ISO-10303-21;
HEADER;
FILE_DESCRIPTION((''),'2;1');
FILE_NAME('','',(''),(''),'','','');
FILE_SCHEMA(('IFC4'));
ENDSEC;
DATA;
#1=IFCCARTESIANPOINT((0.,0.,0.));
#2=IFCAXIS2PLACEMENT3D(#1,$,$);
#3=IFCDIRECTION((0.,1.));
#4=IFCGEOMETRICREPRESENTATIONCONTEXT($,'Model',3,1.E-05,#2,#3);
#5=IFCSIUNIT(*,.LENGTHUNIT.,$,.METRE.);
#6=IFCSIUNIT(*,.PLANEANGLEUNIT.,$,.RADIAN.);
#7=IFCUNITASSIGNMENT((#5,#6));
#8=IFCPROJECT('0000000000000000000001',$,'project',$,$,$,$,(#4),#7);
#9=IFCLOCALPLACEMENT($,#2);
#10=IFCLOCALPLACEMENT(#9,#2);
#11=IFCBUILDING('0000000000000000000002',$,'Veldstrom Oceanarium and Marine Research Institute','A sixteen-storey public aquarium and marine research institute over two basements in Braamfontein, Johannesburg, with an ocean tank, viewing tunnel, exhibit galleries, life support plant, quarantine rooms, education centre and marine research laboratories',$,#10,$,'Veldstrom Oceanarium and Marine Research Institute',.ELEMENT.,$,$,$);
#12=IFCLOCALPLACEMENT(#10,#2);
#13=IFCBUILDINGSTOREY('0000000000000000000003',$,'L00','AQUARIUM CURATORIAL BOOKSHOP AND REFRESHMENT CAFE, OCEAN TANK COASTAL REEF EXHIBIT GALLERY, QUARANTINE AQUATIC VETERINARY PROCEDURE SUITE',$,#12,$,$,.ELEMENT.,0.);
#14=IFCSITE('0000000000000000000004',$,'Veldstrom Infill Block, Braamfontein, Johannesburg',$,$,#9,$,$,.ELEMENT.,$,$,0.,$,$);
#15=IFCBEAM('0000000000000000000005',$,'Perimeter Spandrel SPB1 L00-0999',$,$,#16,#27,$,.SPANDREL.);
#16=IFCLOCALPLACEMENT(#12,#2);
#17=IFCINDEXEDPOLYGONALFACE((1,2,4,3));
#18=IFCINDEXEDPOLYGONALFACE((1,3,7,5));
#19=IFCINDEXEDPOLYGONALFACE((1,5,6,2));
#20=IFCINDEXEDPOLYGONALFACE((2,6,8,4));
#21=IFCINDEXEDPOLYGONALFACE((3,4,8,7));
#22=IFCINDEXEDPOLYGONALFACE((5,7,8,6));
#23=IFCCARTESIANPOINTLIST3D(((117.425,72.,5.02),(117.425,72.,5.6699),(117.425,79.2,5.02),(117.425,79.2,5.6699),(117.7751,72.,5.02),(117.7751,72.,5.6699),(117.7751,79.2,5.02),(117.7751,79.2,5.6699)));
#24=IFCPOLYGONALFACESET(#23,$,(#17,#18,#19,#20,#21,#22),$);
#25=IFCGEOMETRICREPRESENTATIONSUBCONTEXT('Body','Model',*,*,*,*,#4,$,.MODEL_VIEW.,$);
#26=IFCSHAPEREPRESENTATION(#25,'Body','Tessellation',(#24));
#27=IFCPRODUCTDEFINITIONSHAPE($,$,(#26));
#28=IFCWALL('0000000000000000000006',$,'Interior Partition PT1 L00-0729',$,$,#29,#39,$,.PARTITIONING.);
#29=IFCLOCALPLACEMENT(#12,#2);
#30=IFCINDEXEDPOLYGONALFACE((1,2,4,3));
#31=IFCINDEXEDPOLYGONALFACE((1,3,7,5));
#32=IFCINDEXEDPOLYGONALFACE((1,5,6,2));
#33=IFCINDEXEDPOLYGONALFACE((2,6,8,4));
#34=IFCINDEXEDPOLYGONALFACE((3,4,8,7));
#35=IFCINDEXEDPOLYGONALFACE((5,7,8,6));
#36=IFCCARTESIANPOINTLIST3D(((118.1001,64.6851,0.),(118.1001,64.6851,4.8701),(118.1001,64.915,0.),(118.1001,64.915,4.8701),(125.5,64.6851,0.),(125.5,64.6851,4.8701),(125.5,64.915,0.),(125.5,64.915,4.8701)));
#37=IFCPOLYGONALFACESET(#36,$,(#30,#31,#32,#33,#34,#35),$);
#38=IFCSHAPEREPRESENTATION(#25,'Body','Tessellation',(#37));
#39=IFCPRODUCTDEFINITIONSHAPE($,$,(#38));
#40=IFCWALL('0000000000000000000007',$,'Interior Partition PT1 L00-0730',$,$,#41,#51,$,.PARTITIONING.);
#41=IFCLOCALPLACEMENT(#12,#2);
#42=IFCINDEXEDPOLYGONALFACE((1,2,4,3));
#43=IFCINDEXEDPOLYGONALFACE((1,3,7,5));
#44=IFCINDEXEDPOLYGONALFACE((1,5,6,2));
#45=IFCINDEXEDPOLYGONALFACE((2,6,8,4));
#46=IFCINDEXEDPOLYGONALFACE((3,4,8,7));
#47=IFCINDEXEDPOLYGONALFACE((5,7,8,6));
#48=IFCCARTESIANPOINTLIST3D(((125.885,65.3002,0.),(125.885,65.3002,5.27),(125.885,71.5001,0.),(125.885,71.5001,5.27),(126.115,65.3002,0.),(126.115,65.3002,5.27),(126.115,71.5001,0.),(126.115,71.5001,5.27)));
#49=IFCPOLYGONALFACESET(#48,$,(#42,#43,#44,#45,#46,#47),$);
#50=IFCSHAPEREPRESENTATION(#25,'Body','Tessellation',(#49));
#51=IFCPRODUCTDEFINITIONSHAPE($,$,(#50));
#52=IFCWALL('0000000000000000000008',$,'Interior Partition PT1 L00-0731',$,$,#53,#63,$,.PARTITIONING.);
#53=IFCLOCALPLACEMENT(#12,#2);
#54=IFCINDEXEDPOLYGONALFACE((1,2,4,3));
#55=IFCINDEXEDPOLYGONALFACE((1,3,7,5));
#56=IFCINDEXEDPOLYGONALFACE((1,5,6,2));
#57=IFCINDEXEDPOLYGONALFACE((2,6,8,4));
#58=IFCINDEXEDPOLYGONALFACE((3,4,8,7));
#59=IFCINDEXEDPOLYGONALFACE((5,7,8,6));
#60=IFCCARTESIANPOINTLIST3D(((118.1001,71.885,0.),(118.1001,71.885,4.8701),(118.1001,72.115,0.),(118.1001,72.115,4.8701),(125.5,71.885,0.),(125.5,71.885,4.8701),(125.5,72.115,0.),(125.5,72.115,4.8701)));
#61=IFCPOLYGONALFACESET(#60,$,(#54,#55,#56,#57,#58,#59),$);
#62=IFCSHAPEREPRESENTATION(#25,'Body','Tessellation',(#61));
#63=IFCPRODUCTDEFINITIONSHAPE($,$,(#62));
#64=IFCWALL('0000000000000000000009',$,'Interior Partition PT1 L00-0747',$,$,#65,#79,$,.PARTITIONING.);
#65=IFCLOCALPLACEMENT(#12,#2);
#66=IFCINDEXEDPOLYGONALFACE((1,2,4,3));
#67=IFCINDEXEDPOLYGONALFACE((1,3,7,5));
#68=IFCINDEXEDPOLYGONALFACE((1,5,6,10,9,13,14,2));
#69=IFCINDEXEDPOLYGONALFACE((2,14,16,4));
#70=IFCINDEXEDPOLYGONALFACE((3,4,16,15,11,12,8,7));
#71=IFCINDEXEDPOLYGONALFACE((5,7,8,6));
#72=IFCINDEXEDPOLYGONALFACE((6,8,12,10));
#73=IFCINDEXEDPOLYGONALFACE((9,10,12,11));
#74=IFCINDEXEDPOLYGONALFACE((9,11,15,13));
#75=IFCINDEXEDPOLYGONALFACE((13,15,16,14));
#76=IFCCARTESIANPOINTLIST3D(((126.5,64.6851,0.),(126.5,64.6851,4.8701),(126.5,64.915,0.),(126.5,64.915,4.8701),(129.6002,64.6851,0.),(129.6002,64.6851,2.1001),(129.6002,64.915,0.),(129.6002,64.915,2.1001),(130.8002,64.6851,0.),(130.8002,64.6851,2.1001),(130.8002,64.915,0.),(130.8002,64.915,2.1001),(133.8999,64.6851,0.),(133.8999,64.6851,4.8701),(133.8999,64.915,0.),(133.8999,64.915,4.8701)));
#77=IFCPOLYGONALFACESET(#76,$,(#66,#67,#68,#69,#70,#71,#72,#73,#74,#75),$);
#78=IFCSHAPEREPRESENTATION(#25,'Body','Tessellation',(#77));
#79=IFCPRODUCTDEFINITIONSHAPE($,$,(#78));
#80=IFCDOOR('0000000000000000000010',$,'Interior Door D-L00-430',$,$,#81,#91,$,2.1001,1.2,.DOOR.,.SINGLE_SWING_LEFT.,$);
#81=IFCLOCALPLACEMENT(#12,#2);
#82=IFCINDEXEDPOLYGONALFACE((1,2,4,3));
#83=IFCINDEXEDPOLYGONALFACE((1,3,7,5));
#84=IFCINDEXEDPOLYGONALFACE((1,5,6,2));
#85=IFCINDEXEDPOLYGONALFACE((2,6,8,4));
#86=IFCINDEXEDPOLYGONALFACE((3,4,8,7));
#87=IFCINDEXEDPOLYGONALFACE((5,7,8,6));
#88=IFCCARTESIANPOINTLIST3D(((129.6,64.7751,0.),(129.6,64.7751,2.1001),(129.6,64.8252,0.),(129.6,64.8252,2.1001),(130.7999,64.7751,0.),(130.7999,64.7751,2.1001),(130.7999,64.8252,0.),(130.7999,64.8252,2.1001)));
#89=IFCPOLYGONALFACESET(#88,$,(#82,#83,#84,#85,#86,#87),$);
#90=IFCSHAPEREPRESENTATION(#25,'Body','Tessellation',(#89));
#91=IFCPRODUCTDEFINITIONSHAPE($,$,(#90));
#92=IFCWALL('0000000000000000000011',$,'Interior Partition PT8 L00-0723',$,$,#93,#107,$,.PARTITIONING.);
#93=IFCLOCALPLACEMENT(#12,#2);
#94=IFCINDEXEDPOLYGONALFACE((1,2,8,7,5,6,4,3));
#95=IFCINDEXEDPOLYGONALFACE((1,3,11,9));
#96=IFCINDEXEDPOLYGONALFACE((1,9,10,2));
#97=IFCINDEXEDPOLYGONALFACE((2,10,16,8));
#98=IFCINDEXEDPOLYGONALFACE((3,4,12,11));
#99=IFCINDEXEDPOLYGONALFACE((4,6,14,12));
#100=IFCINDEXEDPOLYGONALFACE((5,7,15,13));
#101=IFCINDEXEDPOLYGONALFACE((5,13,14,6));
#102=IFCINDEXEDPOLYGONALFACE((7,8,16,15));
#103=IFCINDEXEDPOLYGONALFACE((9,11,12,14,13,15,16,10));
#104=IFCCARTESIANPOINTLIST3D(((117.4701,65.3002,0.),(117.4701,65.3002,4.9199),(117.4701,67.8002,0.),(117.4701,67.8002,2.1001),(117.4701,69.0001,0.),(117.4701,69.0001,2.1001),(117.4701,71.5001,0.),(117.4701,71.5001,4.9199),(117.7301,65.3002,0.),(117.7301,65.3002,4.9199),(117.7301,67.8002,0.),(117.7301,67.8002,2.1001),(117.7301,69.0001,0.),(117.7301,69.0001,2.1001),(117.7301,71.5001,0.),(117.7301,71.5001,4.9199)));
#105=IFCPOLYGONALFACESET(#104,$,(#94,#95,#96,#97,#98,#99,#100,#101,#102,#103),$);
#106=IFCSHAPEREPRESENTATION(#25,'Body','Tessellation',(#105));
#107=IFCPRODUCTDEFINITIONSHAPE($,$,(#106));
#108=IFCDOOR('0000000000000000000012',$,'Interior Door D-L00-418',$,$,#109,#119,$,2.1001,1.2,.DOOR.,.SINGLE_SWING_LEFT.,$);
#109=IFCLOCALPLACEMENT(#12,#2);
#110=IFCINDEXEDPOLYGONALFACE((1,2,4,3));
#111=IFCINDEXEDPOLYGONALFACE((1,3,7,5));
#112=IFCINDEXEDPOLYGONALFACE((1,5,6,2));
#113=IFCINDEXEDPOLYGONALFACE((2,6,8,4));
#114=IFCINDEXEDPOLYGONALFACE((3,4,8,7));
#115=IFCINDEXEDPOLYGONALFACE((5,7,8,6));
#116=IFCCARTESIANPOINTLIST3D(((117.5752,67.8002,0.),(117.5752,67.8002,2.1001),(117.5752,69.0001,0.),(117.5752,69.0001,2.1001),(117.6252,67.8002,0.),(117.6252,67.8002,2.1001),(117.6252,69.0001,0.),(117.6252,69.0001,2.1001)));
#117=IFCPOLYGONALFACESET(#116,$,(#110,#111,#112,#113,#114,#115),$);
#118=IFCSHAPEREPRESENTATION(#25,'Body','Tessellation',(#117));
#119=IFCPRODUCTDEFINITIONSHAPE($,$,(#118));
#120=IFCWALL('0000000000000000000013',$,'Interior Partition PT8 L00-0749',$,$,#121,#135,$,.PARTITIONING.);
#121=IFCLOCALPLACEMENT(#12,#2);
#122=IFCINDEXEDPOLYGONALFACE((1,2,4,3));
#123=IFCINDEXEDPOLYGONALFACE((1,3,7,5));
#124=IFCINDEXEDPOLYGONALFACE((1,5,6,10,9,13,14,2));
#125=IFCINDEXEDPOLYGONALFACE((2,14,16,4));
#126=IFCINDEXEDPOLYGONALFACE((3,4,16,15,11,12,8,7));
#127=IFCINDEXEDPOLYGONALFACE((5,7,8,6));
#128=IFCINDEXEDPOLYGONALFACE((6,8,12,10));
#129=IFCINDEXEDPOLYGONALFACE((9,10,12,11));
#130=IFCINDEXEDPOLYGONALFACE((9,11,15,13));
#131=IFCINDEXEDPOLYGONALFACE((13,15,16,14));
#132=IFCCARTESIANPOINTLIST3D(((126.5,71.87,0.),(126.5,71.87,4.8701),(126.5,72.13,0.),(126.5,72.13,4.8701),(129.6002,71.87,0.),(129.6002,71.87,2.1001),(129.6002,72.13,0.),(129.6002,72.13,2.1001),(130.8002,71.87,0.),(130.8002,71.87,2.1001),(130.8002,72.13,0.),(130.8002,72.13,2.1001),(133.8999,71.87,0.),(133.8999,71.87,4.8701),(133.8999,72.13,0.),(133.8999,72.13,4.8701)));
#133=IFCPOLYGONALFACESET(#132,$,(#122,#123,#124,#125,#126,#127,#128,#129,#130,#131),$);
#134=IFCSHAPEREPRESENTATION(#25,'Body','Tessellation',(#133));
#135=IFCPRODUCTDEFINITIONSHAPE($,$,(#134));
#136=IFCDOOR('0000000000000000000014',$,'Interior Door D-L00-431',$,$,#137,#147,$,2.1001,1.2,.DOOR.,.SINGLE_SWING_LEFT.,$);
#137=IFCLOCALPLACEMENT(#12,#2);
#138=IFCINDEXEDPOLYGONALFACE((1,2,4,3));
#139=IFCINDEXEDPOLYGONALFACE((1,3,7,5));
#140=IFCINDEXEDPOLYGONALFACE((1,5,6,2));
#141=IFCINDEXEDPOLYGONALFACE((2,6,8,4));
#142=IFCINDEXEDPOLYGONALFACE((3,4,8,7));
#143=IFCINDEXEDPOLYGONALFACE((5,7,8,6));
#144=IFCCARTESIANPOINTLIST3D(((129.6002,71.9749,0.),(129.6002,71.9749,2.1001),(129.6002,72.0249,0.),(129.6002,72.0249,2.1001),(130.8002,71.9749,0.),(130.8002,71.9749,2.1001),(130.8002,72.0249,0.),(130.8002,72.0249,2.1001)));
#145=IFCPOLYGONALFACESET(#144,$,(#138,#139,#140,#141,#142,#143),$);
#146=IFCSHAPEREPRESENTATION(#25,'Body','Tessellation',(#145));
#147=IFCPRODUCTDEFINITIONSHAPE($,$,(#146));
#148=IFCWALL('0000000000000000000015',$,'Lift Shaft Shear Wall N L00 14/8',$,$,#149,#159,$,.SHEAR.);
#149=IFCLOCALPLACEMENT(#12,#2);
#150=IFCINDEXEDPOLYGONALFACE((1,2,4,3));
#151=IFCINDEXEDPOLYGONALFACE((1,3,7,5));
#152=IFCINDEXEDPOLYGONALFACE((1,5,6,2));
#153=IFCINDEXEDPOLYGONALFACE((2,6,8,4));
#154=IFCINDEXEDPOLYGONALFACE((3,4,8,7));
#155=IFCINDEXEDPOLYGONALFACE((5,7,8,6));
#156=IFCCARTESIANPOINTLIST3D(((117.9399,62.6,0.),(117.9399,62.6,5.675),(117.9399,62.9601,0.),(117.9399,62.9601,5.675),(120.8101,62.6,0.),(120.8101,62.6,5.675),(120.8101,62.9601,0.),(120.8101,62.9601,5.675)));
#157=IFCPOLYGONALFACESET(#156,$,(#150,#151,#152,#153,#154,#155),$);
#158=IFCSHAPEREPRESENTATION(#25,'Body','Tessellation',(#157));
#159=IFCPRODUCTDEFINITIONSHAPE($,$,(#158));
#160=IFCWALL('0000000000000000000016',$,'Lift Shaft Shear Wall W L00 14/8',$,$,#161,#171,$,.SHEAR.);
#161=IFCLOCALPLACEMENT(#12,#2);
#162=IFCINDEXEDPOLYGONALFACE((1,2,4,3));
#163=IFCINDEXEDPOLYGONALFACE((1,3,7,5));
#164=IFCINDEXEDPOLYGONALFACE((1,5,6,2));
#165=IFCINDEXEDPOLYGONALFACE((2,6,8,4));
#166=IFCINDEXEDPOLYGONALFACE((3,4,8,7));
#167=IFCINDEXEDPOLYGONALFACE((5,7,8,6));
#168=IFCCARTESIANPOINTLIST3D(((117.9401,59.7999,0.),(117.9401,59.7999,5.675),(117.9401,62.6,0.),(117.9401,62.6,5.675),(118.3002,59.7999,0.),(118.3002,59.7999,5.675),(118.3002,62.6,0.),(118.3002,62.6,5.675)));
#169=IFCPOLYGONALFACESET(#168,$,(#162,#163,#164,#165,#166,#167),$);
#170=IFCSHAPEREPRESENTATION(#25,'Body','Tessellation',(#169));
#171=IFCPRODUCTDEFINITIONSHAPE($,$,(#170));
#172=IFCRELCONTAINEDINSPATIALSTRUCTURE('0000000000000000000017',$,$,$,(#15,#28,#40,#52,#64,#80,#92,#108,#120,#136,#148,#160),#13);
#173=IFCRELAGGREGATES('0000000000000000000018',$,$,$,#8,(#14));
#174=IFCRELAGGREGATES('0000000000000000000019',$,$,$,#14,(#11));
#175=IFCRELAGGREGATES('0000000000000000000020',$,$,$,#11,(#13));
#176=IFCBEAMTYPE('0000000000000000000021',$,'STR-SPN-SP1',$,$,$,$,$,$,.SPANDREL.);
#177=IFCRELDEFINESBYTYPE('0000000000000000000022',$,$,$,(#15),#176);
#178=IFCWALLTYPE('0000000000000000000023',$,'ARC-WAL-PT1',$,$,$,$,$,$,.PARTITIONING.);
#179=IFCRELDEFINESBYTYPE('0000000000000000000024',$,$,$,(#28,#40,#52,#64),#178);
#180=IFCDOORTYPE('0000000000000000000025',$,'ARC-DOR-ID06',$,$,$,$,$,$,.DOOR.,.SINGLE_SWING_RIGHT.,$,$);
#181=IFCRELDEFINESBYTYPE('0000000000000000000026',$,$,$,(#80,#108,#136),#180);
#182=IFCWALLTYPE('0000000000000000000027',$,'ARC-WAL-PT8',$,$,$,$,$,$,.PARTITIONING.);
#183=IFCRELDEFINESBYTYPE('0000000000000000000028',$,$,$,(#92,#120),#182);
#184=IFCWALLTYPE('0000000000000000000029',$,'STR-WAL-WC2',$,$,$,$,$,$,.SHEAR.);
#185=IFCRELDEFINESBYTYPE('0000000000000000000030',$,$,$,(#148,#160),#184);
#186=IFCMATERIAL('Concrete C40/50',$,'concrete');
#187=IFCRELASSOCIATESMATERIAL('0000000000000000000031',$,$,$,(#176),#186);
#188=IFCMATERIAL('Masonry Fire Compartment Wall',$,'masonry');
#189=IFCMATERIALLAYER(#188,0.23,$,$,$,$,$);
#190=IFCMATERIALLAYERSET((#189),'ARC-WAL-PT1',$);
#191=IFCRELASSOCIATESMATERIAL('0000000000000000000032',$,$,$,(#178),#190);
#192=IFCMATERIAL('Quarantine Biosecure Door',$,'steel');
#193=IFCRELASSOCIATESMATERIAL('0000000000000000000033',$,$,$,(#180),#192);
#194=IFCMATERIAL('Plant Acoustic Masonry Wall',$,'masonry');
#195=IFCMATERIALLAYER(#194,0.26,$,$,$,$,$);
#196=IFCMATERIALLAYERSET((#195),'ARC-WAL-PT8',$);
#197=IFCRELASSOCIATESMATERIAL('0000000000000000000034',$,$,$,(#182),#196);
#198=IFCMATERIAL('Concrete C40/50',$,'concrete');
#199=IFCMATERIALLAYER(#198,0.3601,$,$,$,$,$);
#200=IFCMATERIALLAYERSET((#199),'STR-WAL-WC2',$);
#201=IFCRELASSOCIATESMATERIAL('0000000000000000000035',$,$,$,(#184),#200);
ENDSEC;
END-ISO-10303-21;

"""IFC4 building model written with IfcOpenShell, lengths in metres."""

from ifc_helpers import new_model, si_unit, direction, frame, frame_2d, origin, origin_2d, place, context, subcontext, project, spatial, rectangle, extrude, material, layer, layer_set, material_profile, profile_set, type_object, element, fill, save


model = new_model("IFC4")

# Units and contexts
model_context = context("Model", 3, precision=1e-05, world=origin(), true_north=direction((0.0, 1.0)))
body_context = subcontext(model_context, "Body", "Model", "MODEL_VIEW")
ifc_project = project(units=[si_unit("LENGTHUNIT", "METRE"), si_unit("PLANEANGLEUNIT", "RADIAN")], contexts=[model_context])

# Site, building, storey
site_placement = place(None, origin())
site = spatial("IfcSite", under=ifc_project, at=site_placement, Name="Veldstrom Infill Block, Braamfontein, Johannesburg", CompositionType="ELEMENT", RefElevation=0.0)
building_placement = place(site_placement, origin())
building = spatial("IfcBuilding", under=site, at=building_placement, Name="Veldstrom Oceanarium and Marine Research Institute", Description="A sixteen-storey public aquarium and marine research institute over two basements in Braamfontein, Johannesburg, with an ocean tank, viewing tunnel, exhibit galleries, life support plant, quarantine rooms, education centre and marine research laboratories", LongName="Veldstrom Oceanarium and Marine Research Institute", CompositionType="ELEMENT")
storey_placement = place(building_placement, origin())
storey = spatial("IfcBuildingStorey", under=building, at=storey_placement, Name="L00", Description="AQUARIUM CURATORIAL BOOKSHOP AND REFRESHMENT CAFE, OCEAN TANK COASTAL REEF EXHIBIT GALLERY, QUARANTINE AQUATIC VETERINARY PROCEDURE SUITE", CompositionType="ELEMENT", Elevation=0.0)

# Beam
ifc_material_1 = material(Name="Concrete C40/50", Category="concrete")
ifc_material_profile_1 = material_profile(ifc_material_1, rectangle(XDim=0.3501, YDim=0.6499, at=origin_2d()), Name="RC-SPN-350x650")
ifc_profile_set_1 = profile_set([ifc_material_profile_1], Name="Concrete C40/50")
beam_type_1 = type_object("IfcBeamType", Name="STR-SPN-SP1", PredefinedType="SPANDREL", material=ifc_profile_set_1)
beam_1_placement = place(storey_placement, frame((117.6001, 72.0, 5.345), z_axis=(0.0, 1.0, 0.0), x_axis=(-1.0, 0.0, 0.0)))
element("IfcBeam", 1, at=beam_1_placement, inside=storey, type_object=beam_type_1, Name="Perimeter Spandrel SPB1 L00-0999", PredefinedType="SPANDREL", context=body_context, shape_type="SweptSolid", body=[
    extrude(rectangle(XDim=0.3501, YDim=0.6499, at=origin_2d()), origin(), (0.0, 0.0, 1.0), 7.2),
])

# Walls
ifc_material_2 = material(Name="Masonry Fire Compartment Wall", Category="masonry")
ifc_layer_1 = layer(ifc_material_2, 0.23)
ifc_layer_set_1 = layer_set([ifc_layer_1], Name="ARC-WAL-PT1")
wall_type_1 = type_object("IfcWallType", Name="ARC-WAL-PT1", PredefinedType="PARTITIONING", material=ifc_layer_set_1)
wall_1_placement = place(storey_placement, frame((118.1001, 64.8, 0.0), z_axis=(0.0, 0.0, 1.0), x_axis=(1.0, 0.0, 0.0)))
element("IfcWall", 2, at=wall_1_placement, inside=storey, type_object=wall_type_1, Name="Interior Partition PT1 L00-0729", PredefinedType="PARTITIONING", context=body_context, shape_type="SweptSolid", body=[
    extrude(rectangle(XDim=7.3999, YDim=0.23, at=frame_2d((3.7, 0.0))), origin(), (0.0, 0.0, 1.0), 4.8701),
])
wall_2_placement = place(storey_placement, frame((126.0, 65.3, 0.0), z_axis=(0.0, 0.0, 1.0), x_axis=(0.0, 1.0, 0.0)))
element("IfcWall", 3, at=wall_2_placement, inside=storey, type_object=wall_type_1, Name="Interior Partition PT1 L00-0730", PredefinedType="PARTITIONING", context=body_context, shape_type="SweptSolid", body=[
    extrude(rectangle(XDim=6.2, YDim=0.23, at=frame_2d((3.1001, 0.0))), origin(), (0.0, 0.0, 1.0), 5.27),
])
wall_3_placement = place(storey_placement, frame((118.1001, 72.0, 0.0), z_axis=(0.0, 0.0, 1.0), x_axis=(1.0, 0.0, 0.0)))
element("IfcWall", 4, at=wall_3_placement, inside=storey, type_object=wall_type_1, Name="Interior Partition PT1 L00-0731", PredefinedType="PARTITIONING", context=body_context, shape_type="SweptSolid", body=[
    extrude(rectangle(XDim=7.3999, YDim=0.23, at=frame_2d((3.7, 0.0))), origin(), (0.0, 0.0, 1.0), 4.8701),
])

# Walls, openings, doors
wall_4_placement = place(storey_placement, frame((126.5, 64.8, 0.0), z_axis=(0.0, 0.0, 1.0), x_axis=(1.0, 0.0, 0.0)))
wall_4 = element("IfcWall", 5, at=wall_4_placement, inside=storey, type_object=wall_type_1, Name="Interior Partition PT1 L00-0747", PredefinedType="PARTITIONING", context=body_context, shape_type="SweptSolid", body=[
    extrude(rectangle(XDim=7.3999, YDim=0.23, at=frame_2d((3.7, 0.0))), origin(), (0.0, 0.0, 1.0), 4.8701),
])
opening_1_placement = place(wall_4_placement, frame((3.1001, 0.0, 0.0)))
opening_1 = element("IfcOpeningElement", 6, at=opening_1_placement, cuts=wall_4, PredefinedType="OPENING", context=body_context, shape_type="SweptSolid", body=[
    extrude(rectangle(XDim=1.2, YDim=2.1001, at=frame_2d((0.6001, 1.05))), frame((0.0, 0.125, 0.0), z_axis=(0.0, -1.0, 0.0), x_axis=(1.0, 0.0, 0.0)), (0.0, 0.0, 1.0), 0.25),
])
ifc_material_3 = material(Name="Quarantine Biosecure Door", Category="steel")
door_type = type_object("IfcDoorType", Name="ARC-DOR-ID06", OperationType="SINGLE_SWING_RIGHT", PredefinedType="DOOR", material=ifc_material_3)
door_1_placement = place(opening_1_placement, frame((1.2, 0.0, 0.0), z_axis=(0.0, 0.0, 1.0), x_axis=(-1.0, 0.0, 0.0)))
door_1 = element("IfcDoor", 7, at=door_1_placement, inside=storey, type_object=door_type, Name="Interior Door D-L00-430", OperationType="SINGLE_SWING_LEFT", OverallHeight=2.1001, OverallWidth=1.2, PredefinedType="DOOR", context=body_context, shape_type="SweptSolid", body=[
    extrude(rectangle(XDim=1.2, YDim=2.1001, at=frame_2d((0.6001, 1.05))), frame((0.0, 0.0249, 0.0), z_axis=(0.0, -1.0, 0.0), x_axis=(1.0, 0.0, 0.0)), (0.0, 0.0, 1.0), 0.05),
])
fill(opening_1, door_1)
ifc_material_4 = material(Name="Plant Acoustic Masonry Wall", Category="masonry")
ifc_layer_2 = layer(ifc_material_4, 0.26)
ifc_layer_set_2 = layer_set([ifc_layer_2], Name="ARC-WAL-PT8")
wall_type_2 = type_object("IfcWallType", Name="ARC-WAL-PT8", PredefinedType="PARTITIONING", material=ifc_layer_set_2)
wall_5_placement = place(storey_placement, frame((117.6001, 65.3, 0.0), z_axis=(0.0, 0.0, 1.0), x_axis=(0.0, 1.0, 0.0)))
wall_5 = element("IfcWall", 8, at=wall_5_placement, inside=storey, type_object=wall_type_2, Name="Interior Partition PT8 L00-0723", PredefinedType="PARTITIONING", context=body_context, shape_type="SweptSolid", body=[
    extrude(rectangle(XDim=6.2, YDim=0.26, at=frame_2d((3.1001, 0.0))), origin(), (0.0, 0.0, 1.0), 4.9199),
])
opening_2_placement = place(wall_5_placement, frame((2.5, 0.0, 0.0)))
opening_2 = element("IfcOpeningElement", 9, at=opening_2_placement, cuts=wall_5, PredefinedType="OPENING", context=body_context, shape_type="SweptSolid", body=[
    extrude(rectangle(XDim=1.2, YDim=2.1001, at=frame_2d((0.6001, 1.05))), frame((0.0, 0.1399, 0.0), z_axis=(0.0, -1.0, 0.0), x_axis=(1.0, 0.0, 0.0)), (0.0, 0.0, 1.0), 0.28),
])
door_2_placement = place(opening_2_placement, origin())
door_2 = element("IfcDoor", 10, at=door_2_placement, inside=storey, type_object=door_type, Name="Interior Door D-L00-418", OperationType="SINGLE_SWING_LEFT", OverallHeight=2.1001, OverallWidth=1.2, PredefinedType="DOOR", context=body_context, shape_type="SweptSolid", body=[
    extrude(rectangle(XDim=1.2, YDim=2.1001, at=frame_2d((0.6001, 1.05))), frame((0.0, 0.0249, 0.0), z_axis=(0.0, -1.0, 0.0), x_axis=(1.0, 0.0, 0.0)), (0.0, 0.0, 1.0), 0.05),
])
fill(opening_2, door_2)
wall_6_placement = place(storey_placement, frame((126.5, 72.0, 0.0), z_axis=(0.0, 0.0, 1.0), x_axis=(1.0, 0.0, 0.0)))
wall_6 = element("IfcWall", 11, at=wall_6_placement, inside=storey, type_object=wall_type_2, Name="Interior Partition PT8 L00-0749", PredefinedType="PARTITIONING", context=body_context, shape_type="SweptSolid", body=[
    extrude(rectangle(XDim=7.3999, YDim=0.26, at=frame_2d((3.7, 0.0))), origin(), (0.0, 0.0, 1.0), 4.8701),
])
opening_3_placement = place(wall_6_placement, frame((3.1001, 0.0, 0.0)))
opening_3 = element("IfcOpeningElement", 12, at=opening_3_placement, cuts=wall_6, PredefinedType="OPENING", context=body_context, shape_type="SweptSolid", body=[
    extrude(rectangle(XDim=1.2, YDim=2.1001, at=frame_2d((0.6001, 1.05))), frame((0.0, 0.1399, 0.0), z_axis=(0.0, -1.0, 0.0), x_axis=(1.0, 0.0, 0.0)), (0.0, 0.0, 1.0), 0.28),
])
door_3_placement = place(opening_3_placement, origin())
door_3 = element("IfcDoor", 13, at=door_3_placement, inside=storey, type_object=door_type, Name="Interior Door D-L00-431", OperationType="SINGLE_SWING_LEFT", OverallHeight=2.1001, OverallWidth=1.2, PredefinedType="DOOR", context=body_context, shape_type="SweptSolid", body=[
    extrude(rectangle(XDim=1.2, YDim=2.1001, at=frame_2d((0.6001, 1.05))), frame((0.0, 0.0249, 0.0), z_axis=(0.0, -1.0, 0.0), x_axis=(1.0, 0.0, 0.0)), (0.0, 0.0, 1.0), 0.05),
])
fill(opening_3, door_3)

# Walls
ifc_material_5 = material(Name="Concrete C40/50", Category="concrete")
ifc_layer_3 = layer(ifc_material_5, 0.3601)
ifc_layer_set_3 = layer_set([ifc_layer_3], Name="STR-WAL-WC2")
wall_type_3 = type_object("IfcWallType", Name="STR-WAL-WC2", PredefinedType="SHEAR", material=ifc_layer_set_3)
wall_7_placement = place(storey_placement, frame((117.9399, 62.78, 0.0), z_axis=(0.0, 0.0, 1.0), x_axis=(1.0, 0.0, 0.0)))
element("IfcWall", 14, at=wall_7_placement, inside=storey, type_object=wall_type_3, Name="Lift Shaft Shear Wall N L00 14/8", PredefinedType="SHEAR", context=body_context, shape_type="SweptSolid", body=[
    extrude(rectangle(XDim=2.8701, YDim=0.3601, at=frame_2d((1.4351, 0.0))), origin(), (0.0, 0.0, 1.0), 5.675),
])
for number, where, z_axis, x_axis, name in (
    (15, (118.1201, 59.8, 0.0), (0.0, 0.0, 1.0), (0.0, 1.0, 0.0), "Lift Shaft Shear Wall W L00 14/8"),
):
    element("IfcWall", number, at=place(storey_placement, frame(where, z_axis=z_axis, x_axis=x_axis)), inside=storey, type_object=wall_type_3, Name=name, PredefinedType="SHEAR", context=body_context, shape_type="SweptSolid", body=[
        extrude(rectangle(XDim=2.8, YDim=0.3601, at=frame_2d((1.3999, 0.0))), origin(), (0.0, 0.0, 1.0), 5.675),
    ])

save(model, "model.ifc")
